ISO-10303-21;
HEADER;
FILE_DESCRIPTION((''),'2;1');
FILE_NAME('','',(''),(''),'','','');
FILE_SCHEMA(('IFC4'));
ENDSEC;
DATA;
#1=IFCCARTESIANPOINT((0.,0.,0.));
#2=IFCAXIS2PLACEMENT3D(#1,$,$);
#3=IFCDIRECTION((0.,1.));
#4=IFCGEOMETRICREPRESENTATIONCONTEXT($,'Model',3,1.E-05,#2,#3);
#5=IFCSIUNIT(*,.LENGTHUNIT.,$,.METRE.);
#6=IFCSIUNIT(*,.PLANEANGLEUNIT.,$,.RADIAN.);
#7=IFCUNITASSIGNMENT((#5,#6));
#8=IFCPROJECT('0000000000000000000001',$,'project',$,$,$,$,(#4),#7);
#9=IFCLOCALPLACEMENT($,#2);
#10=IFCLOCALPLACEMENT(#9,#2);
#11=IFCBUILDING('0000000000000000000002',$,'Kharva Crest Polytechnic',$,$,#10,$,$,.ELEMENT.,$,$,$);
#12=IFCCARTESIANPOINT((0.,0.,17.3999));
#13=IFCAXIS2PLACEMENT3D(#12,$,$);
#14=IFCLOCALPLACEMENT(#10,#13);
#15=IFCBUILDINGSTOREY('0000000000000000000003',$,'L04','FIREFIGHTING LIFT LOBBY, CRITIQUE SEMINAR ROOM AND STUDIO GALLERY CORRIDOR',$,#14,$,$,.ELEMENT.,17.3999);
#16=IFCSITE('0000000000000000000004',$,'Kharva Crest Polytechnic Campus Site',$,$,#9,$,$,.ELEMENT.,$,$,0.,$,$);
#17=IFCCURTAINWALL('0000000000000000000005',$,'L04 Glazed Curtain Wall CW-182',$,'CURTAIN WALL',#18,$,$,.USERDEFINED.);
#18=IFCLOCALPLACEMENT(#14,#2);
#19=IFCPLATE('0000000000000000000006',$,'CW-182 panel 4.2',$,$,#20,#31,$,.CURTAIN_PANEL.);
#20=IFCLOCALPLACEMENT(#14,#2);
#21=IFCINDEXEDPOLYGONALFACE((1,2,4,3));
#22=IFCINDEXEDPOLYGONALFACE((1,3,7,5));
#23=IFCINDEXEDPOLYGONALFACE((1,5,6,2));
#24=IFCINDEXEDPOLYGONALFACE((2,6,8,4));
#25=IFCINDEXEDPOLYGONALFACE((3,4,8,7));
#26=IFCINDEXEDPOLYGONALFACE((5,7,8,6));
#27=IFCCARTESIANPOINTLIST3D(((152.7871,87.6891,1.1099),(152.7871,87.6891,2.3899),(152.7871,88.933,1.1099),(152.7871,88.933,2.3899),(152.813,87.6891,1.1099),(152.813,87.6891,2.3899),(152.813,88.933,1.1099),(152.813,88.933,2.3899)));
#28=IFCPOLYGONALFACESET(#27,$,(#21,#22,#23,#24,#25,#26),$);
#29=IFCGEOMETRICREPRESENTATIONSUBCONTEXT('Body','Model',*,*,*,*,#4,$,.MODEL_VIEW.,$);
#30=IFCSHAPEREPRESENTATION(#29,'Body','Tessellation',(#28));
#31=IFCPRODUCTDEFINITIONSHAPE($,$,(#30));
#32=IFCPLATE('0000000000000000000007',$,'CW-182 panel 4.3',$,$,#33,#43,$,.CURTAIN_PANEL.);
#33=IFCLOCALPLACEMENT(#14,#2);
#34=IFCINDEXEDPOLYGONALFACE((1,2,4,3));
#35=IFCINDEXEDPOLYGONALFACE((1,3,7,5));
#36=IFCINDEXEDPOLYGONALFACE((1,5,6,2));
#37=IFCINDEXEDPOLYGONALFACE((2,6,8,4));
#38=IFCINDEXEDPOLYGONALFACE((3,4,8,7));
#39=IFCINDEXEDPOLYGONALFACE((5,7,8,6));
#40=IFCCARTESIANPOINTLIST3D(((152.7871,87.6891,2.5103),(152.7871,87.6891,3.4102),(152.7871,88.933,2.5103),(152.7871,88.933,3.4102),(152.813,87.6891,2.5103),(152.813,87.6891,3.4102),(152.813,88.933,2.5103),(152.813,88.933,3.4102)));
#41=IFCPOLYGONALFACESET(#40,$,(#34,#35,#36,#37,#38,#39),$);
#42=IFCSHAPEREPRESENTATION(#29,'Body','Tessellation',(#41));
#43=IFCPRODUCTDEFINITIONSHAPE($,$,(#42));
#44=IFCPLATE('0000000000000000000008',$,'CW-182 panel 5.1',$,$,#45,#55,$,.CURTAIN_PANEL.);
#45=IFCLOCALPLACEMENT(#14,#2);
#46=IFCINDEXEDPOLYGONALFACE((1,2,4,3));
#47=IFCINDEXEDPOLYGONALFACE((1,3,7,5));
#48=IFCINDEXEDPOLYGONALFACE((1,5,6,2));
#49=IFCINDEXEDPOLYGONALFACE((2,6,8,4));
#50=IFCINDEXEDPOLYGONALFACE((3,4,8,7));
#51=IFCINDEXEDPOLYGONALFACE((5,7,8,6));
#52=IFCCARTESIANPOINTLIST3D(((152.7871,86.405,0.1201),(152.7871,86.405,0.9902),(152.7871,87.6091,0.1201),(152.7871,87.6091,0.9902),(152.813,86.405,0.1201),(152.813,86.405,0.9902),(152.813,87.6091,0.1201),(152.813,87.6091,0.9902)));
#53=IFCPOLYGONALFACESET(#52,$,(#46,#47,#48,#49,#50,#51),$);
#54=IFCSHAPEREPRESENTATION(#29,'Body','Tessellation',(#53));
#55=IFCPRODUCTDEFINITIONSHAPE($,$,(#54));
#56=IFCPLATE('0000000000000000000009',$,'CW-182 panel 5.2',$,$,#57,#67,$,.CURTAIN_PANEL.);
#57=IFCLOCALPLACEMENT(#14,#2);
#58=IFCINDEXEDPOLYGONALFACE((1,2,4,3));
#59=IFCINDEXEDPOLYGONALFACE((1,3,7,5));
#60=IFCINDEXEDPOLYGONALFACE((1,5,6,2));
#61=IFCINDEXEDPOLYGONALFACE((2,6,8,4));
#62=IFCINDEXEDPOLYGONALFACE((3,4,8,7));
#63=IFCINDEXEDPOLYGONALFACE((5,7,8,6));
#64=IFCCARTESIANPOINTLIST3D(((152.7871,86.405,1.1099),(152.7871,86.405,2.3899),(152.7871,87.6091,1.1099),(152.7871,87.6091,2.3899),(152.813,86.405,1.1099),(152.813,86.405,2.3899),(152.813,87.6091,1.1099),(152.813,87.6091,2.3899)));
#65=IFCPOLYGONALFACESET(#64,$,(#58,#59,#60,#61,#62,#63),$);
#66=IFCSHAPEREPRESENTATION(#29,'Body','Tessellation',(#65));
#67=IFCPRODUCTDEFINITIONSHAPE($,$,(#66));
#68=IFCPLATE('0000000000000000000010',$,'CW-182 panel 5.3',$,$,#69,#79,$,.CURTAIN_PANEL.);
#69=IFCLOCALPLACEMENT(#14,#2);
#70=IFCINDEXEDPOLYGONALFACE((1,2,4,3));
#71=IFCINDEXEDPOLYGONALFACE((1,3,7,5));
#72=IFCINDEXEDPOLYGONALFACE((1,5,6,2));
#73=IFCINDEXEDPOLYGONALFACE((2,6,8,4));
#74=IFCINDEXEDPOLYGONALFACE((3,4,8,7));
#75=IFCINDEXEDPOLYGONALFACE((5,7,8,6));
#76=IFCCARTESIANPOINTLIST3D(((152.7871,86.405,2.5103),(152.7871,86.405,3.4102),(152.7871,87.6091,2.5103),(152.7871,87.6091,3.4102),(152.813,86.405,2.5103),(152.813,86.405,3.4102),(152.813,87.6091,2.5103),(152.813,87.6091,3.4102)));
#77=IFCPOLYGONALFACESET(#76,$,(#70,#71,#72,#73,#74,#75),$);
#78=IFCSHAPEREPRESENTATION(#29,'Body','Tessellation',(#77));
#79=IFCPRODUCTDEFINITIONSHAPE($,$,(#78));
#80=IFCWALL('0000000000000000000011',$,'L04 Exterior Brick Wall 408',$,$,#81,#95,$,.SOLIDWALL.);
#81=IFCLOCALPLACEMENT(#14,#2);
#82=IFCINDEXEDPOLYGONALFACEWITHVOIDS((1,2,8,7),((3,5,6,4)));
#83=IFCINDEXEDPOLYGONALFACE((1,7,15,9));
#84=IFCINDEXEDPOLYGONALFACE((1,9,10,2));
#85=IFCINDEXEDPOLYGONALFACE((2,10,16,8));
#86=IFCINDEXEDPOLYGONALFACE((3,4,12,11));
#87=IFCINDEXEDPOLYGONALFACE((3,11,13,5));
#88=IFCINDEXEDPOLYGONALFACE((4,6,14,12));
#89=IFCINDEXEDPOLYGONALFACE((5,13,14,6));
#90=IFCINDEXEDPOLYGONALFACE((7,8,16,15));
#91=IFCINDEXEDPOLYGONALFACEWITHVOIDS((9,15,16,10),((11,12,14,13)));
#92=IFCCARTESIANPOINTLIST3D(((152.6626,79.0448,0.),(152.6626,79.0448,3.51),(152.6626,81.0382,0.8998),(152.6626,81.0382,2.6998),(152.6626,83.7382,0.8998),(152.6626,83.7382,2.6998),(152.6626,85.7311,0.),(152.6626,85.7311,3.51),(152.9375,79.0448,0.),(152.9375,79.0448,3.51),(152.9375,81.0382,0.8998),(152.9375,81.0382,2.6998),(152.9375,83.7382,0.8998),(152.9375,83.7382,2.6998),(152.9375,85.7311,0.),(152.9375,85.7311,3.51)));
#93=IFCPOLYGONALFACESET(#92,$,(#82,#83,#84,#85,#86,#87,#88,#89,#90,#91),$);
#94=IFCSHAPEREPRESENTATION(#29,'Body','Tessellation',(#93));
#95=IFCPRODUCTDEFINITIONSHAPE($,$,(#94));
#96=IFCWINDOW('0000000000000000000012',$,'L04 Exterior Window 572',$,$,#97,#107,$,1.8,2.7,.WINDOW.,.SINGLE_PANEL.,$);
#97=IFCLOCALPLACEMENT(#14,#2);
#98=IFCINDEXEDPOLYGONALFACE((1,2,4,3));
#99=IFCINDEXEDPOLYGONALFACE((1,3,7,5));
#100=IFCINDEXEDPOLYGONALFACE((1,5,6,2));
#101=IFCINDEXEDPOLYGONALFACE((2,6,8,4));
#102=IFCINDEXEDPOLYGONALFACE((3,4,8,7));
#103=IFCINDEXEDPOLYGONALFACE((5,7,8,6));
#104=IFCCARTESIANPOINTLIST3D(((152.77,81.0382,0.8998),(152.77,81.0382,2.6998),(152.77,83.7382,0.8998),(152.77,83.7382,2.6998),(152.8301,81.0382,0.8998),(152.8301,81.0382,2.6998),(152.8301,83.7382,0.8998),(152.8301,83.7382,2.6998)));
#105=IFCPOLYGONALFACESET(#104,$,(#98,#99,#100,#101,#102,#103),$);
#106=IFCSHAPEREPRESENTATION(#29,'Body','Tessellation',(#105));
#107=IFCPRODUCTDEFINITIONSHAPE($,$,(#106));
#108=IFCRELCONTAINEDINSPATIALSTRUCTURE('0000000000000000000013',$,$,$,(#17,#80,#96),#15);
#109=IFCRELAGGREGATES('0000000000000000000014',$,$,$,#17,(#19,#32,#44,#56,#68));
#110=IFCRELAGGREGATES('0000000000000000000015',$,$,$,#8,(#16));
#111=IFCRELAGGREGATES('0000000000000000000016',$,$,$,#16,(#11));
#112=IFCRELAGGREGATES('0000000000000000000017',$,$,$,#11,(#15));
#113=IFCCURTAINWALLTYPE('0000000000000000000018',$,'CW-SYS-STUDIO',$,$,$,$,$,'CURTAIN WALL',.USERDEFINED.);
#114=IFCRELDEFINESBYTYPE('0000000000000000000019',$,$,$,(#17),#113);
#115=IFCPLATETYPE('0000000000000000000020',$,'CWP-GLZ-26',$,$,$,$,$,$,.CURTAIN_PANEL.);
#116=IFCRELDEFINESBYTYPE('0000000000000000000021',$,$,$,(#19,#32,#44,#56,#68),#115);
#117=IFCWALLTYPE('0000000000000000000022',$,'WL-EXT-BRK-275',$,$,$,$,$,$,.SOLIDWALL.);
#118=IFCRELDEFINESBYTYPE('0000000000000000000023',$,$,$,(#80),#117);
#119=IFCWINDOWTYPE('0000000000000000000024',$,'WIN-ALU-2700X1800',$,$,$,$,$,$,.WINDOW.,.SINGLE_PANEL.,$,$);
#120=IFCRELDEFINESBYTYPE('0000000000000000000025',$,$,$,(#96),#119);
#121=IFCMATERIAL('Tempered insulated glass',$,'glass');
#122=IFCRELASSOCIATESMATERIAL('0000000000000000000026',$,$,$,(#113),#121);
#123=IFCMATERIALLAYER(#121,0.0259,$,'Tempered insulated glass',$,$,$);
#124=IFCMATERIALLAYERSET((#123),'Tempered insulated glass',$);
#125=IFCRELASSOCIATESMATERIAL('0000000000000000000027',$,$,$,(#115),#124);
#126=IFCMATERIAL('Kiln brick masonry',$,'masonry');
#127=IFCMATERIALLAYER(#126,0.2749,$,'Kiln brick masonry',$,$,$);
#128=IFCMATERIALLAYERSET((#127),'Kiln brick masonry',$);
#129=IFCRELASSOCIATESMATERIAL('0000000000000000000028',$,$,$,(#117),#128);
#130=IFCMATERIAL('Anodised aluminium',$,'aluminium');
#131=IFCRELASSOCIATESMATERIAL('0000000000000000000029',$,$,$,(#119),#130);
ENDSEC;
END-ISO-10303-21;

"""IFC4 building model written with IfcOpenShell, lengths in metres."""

from ifc_helpers import new_model, si_unit, direction, frame, frame_2d, origin, origin_2d, place, context, subcontext, project, spatial, rectangle, extrude, material, layer, layer_set, type_object, element, fill, aggregate, save


model = new_model("IFC4")

# Units and contexts
model_context = context("Model", 3, precision=1e-05, world=origin(), true_north=direction((0.0, 1.0)))
body_context = subcontext(model_context, "Body", "Model", "MODEL_VIEW")
ifc_project = project(units=[si_unit("LENGTHUNIT", "METRE"), si_unit("PLANEANGLEUNIT", "RADIAN")], contexts=[model_context])

# Site, building, storey
site_placement = place(None, origin())
site = spatial("IfcSite", under=ifc_project, at=site_placement, Name="Kharva Crest Polytechnic Campus Site", CompositionType="ELEMENT", RefElevation=0.0)
building_placement = place(site_placement, origin())
building = spatial("IfcBuilding", under=site, at=building_placement, Name="Kharva Crest Polytechnic", CompositionType="ELEMENT")
storey_placement = place(building_placement, frame((0.0, 0.0, 17.3999)))
storey = spatial("IfcBuildingStorey", under=building, at=storey_placement, Name="L04", Description="FIREFIGHTING LIFT LOBBY, CRITIQUE SEMINAR ROOM AND STUDIO GALLERY CORRIDOR", CompositionType="ELEMENT", Elevation=17.3999)

# Curtain wall, plates
ifc_material_1 = material(Name="Tempered insulated glass", Category="glass")
curtain_wall_type = type_object("IfcCurtainWallType", Name="CW-SYS-STUDIO", ElementType="CURTAIN WALL", PredefinedType="USERDEFINED", material=ifc_material_1)
curtain_wall_placement = place(storey_placement, origin())
curtain_wall = element("IfcCurtainWall", 1, at=curtain_wall_placement, inside=storey, type_object=curtain_wall_type, Name="L04 Glazed Curtain Wall CW-182", ObjectType="CURTAIN WALL", PredefinedType="USERDEFINED")
ifc_layer_1 = layer(ifc_material_1, 0.0259, Name="Tempered insulated glass")
ifc_layer_set_1 = layer_set([ifc_layer_1], Name="Tempered insulated glass")
plate_type = type_object("IfcPlateType", Name="CWP-GLZ-26", PredefinedType="CURTAIN_PANEL", material=ifc_layer_set_1)
plate_1_placement = place(storey_placement, frame((152.8, 88.311, 1.1099), z_axis=(0.0, 0.0, 1.0), x_axis=(0.0, -1.0, 0.0)))
plate_1 = element("IfcPlate", 2, at=plate_1_placement, type_object=plate_type, Name="CW-182 panel 4.2", PredefinedType="CURTAIN_PANEL", context=body_context, shape_type="SweptSolid", body=[
    extrude(rectangle(XDim=1.2439, YDim=0.0259, at=origin_2d()), origin(), (0.0, 0.0, 1.0), 1.28),
])
plate_2_placement = place(storey_placement, frame((152.8, 88.311, 2.5103), z_axis=(0.0, 0.0, 1.0), x_axis=(0.0, -1.0, 0.0)))
plate_2 = element("IfcPlate", 3, at=plate_2_placement, type_object=plate_type, Name="CW-182 panel 4.3", PredefinedType="CURTAIN_PANEL", context=body_context, shape_type="SweptSolid", body=[
    extrude(rectangle(XDim=1.2439, YDim=0.0259, at=origin_2d()), origin(), (0.0, 0.0, 1.0), 0.8999),
])
plate_3_placement = place(storey_placement, frame((152.8, 87.0071, 0.1201), z_axis=(0.0, 0.0, 1.0), x_axis=(0.0, -1.0, 0.0)))
plate_3 = element("IfcPlate", 4, at=plate_3_placement, type_object=plate_type, Name="CW-182 panel 5.1", PredefinedType="CURTAIN_PANEL", context=body_context, shape_type="SweptSolid", body=[
    extrude(rectangle(XDim=1.2041, YDim=0.0259, at=origin_2d()), origin(), (0.0, 0.0, 1.0), 0.8701),
])
plate_4_placement = place(storey_placement, frame((152.8, 87.0071, 1.1099), z_axis=(0.0, 0.0, 1.0), x_axis=(0.0, -1.0, 0.0)))
plate_4 = element("IfcPlate", 5, at=plate_4_placement, type_object=plate_type, Name="CW-182 panel 5.2", PredefinedType="CURTAIN_PANEL", context=body_context, shape_type="SweptSolid", body=[
    extrude(rectangle(XDim=1.2041, YDim=0.0259, at=origin_2d()), origin(), (0.0, 0.0, 1.0), 1.28),
])
plate_5_placement = place(storey_placement, frame((152.8, 87.0071, 2.5103), z_axis=(0.0, 0.0, 1.0), x_axis=(0.0, -1.0, 0.0)))
plate_5 = element("IfcPlate", 6, at=plate_5_placement, type_object=plate_type, Name="CW-182 panel 5.3", PredefinedType="CURTAIN_PANEL", context=body_context, shape_type="SweptSolid", body=[
    extrude(rectangle(XDim=1.2041, YDim=0.0259, at=origin_2d()), origin(), (0.0, 0.0, 1.0), 0.8999),
])
aggregate(curtain_wall, [plate_1, plate_2, plate_3, plate_4, plate_5])

# Wall, opening, window
ifc_material_2 = material(Name="Kiln brick masonry", Category="masonry")
ifc_layer_2 = layer(ifc_material_2, 0.2749, Name="Kiln brick masonry")
ifc_layer_set_2 = layer_set([ifc_layer_2], Name="Kiln brick masonry")
wall_type = type_object("IfcWallType", Name="WL-EXT-BRK-275", PredefinedType="SOLIDWALL", material=ifc_layer_set_2)
wall_placement = place(storey_placement, frame((152.8, 85.7312, 0.0), z_axis=(0.0, 0.0, 1.0), x_axis=(0.0, -1.0, 0.0)))
wall = element("IfcWall", 7, at=wall_placement, inside=storey, type_object=wall_type, Name="L04 Exterior Brick Wall 408", PredefinedType="SOLIDWALL", context=body_context, shape_type="SweptSolid", body=[
    extrude(rectangle(XDim=6.6863, YDim=0.2749, at=frame_2d((3.3433, 0.0))), origin(), (0.0, 0.0, 1.0), 3.51),
])
opening_placement = place(wall_placement, frame((1.9929, 0.0, 0.8999)))
opening = element("IfcOpeningElement", 8, at=opening_placement, cuts=wall, PredefinedType="OPENING", context=body_context, shape_type="SweptSolid", body=[
    extrude(rectangle(XDim=2.7, YDim=1.8, at=frame_2d((1.3501, 0.8999))), frame((0.0, 0.1475, 0.0), z_axis=(0.0, -1.0, 0.0), x_axis=(1.0, 0.0, 0.0)), (0.0, 0.0, 1.0), 0.2949),
])
ifc_material_3 = material(Name="Anodised aluminium", Category="aluminium")
window_type = type_object("IfcWindowType", Name="WIN-ALU-2700X1800", PartitioningType="SINGLE_PANEL", PredefinedType="WINDOW", material=ifc_material_3)
window_placement = place(opening_placement, origin())
window = element("IfcWindow", 9, at=window_placement, inside=storey, type_object=window_type, Name="L04 Exterior Window 572", OverallHeight=1.8, OverallWidth=2.7, PartitioningType="SINGLE_PANEL", PredefinedType="WINDOW", context=body_context, shape_type="SweptSolid", body=[
    extrude(rectangle(XDim=2.7, YDim=1.8, at=frame_2d((1.3501, 0.8999))), frame((0.0, 0.03, 0.0), z_axis=(0.0, -1.0, 0.0), x_axis=(1.0, 0.0, 0.0)), (0.0, 0.0, 1.0), 0.0601),
])
fill(opening, window)

save(model, "model.ifc")
